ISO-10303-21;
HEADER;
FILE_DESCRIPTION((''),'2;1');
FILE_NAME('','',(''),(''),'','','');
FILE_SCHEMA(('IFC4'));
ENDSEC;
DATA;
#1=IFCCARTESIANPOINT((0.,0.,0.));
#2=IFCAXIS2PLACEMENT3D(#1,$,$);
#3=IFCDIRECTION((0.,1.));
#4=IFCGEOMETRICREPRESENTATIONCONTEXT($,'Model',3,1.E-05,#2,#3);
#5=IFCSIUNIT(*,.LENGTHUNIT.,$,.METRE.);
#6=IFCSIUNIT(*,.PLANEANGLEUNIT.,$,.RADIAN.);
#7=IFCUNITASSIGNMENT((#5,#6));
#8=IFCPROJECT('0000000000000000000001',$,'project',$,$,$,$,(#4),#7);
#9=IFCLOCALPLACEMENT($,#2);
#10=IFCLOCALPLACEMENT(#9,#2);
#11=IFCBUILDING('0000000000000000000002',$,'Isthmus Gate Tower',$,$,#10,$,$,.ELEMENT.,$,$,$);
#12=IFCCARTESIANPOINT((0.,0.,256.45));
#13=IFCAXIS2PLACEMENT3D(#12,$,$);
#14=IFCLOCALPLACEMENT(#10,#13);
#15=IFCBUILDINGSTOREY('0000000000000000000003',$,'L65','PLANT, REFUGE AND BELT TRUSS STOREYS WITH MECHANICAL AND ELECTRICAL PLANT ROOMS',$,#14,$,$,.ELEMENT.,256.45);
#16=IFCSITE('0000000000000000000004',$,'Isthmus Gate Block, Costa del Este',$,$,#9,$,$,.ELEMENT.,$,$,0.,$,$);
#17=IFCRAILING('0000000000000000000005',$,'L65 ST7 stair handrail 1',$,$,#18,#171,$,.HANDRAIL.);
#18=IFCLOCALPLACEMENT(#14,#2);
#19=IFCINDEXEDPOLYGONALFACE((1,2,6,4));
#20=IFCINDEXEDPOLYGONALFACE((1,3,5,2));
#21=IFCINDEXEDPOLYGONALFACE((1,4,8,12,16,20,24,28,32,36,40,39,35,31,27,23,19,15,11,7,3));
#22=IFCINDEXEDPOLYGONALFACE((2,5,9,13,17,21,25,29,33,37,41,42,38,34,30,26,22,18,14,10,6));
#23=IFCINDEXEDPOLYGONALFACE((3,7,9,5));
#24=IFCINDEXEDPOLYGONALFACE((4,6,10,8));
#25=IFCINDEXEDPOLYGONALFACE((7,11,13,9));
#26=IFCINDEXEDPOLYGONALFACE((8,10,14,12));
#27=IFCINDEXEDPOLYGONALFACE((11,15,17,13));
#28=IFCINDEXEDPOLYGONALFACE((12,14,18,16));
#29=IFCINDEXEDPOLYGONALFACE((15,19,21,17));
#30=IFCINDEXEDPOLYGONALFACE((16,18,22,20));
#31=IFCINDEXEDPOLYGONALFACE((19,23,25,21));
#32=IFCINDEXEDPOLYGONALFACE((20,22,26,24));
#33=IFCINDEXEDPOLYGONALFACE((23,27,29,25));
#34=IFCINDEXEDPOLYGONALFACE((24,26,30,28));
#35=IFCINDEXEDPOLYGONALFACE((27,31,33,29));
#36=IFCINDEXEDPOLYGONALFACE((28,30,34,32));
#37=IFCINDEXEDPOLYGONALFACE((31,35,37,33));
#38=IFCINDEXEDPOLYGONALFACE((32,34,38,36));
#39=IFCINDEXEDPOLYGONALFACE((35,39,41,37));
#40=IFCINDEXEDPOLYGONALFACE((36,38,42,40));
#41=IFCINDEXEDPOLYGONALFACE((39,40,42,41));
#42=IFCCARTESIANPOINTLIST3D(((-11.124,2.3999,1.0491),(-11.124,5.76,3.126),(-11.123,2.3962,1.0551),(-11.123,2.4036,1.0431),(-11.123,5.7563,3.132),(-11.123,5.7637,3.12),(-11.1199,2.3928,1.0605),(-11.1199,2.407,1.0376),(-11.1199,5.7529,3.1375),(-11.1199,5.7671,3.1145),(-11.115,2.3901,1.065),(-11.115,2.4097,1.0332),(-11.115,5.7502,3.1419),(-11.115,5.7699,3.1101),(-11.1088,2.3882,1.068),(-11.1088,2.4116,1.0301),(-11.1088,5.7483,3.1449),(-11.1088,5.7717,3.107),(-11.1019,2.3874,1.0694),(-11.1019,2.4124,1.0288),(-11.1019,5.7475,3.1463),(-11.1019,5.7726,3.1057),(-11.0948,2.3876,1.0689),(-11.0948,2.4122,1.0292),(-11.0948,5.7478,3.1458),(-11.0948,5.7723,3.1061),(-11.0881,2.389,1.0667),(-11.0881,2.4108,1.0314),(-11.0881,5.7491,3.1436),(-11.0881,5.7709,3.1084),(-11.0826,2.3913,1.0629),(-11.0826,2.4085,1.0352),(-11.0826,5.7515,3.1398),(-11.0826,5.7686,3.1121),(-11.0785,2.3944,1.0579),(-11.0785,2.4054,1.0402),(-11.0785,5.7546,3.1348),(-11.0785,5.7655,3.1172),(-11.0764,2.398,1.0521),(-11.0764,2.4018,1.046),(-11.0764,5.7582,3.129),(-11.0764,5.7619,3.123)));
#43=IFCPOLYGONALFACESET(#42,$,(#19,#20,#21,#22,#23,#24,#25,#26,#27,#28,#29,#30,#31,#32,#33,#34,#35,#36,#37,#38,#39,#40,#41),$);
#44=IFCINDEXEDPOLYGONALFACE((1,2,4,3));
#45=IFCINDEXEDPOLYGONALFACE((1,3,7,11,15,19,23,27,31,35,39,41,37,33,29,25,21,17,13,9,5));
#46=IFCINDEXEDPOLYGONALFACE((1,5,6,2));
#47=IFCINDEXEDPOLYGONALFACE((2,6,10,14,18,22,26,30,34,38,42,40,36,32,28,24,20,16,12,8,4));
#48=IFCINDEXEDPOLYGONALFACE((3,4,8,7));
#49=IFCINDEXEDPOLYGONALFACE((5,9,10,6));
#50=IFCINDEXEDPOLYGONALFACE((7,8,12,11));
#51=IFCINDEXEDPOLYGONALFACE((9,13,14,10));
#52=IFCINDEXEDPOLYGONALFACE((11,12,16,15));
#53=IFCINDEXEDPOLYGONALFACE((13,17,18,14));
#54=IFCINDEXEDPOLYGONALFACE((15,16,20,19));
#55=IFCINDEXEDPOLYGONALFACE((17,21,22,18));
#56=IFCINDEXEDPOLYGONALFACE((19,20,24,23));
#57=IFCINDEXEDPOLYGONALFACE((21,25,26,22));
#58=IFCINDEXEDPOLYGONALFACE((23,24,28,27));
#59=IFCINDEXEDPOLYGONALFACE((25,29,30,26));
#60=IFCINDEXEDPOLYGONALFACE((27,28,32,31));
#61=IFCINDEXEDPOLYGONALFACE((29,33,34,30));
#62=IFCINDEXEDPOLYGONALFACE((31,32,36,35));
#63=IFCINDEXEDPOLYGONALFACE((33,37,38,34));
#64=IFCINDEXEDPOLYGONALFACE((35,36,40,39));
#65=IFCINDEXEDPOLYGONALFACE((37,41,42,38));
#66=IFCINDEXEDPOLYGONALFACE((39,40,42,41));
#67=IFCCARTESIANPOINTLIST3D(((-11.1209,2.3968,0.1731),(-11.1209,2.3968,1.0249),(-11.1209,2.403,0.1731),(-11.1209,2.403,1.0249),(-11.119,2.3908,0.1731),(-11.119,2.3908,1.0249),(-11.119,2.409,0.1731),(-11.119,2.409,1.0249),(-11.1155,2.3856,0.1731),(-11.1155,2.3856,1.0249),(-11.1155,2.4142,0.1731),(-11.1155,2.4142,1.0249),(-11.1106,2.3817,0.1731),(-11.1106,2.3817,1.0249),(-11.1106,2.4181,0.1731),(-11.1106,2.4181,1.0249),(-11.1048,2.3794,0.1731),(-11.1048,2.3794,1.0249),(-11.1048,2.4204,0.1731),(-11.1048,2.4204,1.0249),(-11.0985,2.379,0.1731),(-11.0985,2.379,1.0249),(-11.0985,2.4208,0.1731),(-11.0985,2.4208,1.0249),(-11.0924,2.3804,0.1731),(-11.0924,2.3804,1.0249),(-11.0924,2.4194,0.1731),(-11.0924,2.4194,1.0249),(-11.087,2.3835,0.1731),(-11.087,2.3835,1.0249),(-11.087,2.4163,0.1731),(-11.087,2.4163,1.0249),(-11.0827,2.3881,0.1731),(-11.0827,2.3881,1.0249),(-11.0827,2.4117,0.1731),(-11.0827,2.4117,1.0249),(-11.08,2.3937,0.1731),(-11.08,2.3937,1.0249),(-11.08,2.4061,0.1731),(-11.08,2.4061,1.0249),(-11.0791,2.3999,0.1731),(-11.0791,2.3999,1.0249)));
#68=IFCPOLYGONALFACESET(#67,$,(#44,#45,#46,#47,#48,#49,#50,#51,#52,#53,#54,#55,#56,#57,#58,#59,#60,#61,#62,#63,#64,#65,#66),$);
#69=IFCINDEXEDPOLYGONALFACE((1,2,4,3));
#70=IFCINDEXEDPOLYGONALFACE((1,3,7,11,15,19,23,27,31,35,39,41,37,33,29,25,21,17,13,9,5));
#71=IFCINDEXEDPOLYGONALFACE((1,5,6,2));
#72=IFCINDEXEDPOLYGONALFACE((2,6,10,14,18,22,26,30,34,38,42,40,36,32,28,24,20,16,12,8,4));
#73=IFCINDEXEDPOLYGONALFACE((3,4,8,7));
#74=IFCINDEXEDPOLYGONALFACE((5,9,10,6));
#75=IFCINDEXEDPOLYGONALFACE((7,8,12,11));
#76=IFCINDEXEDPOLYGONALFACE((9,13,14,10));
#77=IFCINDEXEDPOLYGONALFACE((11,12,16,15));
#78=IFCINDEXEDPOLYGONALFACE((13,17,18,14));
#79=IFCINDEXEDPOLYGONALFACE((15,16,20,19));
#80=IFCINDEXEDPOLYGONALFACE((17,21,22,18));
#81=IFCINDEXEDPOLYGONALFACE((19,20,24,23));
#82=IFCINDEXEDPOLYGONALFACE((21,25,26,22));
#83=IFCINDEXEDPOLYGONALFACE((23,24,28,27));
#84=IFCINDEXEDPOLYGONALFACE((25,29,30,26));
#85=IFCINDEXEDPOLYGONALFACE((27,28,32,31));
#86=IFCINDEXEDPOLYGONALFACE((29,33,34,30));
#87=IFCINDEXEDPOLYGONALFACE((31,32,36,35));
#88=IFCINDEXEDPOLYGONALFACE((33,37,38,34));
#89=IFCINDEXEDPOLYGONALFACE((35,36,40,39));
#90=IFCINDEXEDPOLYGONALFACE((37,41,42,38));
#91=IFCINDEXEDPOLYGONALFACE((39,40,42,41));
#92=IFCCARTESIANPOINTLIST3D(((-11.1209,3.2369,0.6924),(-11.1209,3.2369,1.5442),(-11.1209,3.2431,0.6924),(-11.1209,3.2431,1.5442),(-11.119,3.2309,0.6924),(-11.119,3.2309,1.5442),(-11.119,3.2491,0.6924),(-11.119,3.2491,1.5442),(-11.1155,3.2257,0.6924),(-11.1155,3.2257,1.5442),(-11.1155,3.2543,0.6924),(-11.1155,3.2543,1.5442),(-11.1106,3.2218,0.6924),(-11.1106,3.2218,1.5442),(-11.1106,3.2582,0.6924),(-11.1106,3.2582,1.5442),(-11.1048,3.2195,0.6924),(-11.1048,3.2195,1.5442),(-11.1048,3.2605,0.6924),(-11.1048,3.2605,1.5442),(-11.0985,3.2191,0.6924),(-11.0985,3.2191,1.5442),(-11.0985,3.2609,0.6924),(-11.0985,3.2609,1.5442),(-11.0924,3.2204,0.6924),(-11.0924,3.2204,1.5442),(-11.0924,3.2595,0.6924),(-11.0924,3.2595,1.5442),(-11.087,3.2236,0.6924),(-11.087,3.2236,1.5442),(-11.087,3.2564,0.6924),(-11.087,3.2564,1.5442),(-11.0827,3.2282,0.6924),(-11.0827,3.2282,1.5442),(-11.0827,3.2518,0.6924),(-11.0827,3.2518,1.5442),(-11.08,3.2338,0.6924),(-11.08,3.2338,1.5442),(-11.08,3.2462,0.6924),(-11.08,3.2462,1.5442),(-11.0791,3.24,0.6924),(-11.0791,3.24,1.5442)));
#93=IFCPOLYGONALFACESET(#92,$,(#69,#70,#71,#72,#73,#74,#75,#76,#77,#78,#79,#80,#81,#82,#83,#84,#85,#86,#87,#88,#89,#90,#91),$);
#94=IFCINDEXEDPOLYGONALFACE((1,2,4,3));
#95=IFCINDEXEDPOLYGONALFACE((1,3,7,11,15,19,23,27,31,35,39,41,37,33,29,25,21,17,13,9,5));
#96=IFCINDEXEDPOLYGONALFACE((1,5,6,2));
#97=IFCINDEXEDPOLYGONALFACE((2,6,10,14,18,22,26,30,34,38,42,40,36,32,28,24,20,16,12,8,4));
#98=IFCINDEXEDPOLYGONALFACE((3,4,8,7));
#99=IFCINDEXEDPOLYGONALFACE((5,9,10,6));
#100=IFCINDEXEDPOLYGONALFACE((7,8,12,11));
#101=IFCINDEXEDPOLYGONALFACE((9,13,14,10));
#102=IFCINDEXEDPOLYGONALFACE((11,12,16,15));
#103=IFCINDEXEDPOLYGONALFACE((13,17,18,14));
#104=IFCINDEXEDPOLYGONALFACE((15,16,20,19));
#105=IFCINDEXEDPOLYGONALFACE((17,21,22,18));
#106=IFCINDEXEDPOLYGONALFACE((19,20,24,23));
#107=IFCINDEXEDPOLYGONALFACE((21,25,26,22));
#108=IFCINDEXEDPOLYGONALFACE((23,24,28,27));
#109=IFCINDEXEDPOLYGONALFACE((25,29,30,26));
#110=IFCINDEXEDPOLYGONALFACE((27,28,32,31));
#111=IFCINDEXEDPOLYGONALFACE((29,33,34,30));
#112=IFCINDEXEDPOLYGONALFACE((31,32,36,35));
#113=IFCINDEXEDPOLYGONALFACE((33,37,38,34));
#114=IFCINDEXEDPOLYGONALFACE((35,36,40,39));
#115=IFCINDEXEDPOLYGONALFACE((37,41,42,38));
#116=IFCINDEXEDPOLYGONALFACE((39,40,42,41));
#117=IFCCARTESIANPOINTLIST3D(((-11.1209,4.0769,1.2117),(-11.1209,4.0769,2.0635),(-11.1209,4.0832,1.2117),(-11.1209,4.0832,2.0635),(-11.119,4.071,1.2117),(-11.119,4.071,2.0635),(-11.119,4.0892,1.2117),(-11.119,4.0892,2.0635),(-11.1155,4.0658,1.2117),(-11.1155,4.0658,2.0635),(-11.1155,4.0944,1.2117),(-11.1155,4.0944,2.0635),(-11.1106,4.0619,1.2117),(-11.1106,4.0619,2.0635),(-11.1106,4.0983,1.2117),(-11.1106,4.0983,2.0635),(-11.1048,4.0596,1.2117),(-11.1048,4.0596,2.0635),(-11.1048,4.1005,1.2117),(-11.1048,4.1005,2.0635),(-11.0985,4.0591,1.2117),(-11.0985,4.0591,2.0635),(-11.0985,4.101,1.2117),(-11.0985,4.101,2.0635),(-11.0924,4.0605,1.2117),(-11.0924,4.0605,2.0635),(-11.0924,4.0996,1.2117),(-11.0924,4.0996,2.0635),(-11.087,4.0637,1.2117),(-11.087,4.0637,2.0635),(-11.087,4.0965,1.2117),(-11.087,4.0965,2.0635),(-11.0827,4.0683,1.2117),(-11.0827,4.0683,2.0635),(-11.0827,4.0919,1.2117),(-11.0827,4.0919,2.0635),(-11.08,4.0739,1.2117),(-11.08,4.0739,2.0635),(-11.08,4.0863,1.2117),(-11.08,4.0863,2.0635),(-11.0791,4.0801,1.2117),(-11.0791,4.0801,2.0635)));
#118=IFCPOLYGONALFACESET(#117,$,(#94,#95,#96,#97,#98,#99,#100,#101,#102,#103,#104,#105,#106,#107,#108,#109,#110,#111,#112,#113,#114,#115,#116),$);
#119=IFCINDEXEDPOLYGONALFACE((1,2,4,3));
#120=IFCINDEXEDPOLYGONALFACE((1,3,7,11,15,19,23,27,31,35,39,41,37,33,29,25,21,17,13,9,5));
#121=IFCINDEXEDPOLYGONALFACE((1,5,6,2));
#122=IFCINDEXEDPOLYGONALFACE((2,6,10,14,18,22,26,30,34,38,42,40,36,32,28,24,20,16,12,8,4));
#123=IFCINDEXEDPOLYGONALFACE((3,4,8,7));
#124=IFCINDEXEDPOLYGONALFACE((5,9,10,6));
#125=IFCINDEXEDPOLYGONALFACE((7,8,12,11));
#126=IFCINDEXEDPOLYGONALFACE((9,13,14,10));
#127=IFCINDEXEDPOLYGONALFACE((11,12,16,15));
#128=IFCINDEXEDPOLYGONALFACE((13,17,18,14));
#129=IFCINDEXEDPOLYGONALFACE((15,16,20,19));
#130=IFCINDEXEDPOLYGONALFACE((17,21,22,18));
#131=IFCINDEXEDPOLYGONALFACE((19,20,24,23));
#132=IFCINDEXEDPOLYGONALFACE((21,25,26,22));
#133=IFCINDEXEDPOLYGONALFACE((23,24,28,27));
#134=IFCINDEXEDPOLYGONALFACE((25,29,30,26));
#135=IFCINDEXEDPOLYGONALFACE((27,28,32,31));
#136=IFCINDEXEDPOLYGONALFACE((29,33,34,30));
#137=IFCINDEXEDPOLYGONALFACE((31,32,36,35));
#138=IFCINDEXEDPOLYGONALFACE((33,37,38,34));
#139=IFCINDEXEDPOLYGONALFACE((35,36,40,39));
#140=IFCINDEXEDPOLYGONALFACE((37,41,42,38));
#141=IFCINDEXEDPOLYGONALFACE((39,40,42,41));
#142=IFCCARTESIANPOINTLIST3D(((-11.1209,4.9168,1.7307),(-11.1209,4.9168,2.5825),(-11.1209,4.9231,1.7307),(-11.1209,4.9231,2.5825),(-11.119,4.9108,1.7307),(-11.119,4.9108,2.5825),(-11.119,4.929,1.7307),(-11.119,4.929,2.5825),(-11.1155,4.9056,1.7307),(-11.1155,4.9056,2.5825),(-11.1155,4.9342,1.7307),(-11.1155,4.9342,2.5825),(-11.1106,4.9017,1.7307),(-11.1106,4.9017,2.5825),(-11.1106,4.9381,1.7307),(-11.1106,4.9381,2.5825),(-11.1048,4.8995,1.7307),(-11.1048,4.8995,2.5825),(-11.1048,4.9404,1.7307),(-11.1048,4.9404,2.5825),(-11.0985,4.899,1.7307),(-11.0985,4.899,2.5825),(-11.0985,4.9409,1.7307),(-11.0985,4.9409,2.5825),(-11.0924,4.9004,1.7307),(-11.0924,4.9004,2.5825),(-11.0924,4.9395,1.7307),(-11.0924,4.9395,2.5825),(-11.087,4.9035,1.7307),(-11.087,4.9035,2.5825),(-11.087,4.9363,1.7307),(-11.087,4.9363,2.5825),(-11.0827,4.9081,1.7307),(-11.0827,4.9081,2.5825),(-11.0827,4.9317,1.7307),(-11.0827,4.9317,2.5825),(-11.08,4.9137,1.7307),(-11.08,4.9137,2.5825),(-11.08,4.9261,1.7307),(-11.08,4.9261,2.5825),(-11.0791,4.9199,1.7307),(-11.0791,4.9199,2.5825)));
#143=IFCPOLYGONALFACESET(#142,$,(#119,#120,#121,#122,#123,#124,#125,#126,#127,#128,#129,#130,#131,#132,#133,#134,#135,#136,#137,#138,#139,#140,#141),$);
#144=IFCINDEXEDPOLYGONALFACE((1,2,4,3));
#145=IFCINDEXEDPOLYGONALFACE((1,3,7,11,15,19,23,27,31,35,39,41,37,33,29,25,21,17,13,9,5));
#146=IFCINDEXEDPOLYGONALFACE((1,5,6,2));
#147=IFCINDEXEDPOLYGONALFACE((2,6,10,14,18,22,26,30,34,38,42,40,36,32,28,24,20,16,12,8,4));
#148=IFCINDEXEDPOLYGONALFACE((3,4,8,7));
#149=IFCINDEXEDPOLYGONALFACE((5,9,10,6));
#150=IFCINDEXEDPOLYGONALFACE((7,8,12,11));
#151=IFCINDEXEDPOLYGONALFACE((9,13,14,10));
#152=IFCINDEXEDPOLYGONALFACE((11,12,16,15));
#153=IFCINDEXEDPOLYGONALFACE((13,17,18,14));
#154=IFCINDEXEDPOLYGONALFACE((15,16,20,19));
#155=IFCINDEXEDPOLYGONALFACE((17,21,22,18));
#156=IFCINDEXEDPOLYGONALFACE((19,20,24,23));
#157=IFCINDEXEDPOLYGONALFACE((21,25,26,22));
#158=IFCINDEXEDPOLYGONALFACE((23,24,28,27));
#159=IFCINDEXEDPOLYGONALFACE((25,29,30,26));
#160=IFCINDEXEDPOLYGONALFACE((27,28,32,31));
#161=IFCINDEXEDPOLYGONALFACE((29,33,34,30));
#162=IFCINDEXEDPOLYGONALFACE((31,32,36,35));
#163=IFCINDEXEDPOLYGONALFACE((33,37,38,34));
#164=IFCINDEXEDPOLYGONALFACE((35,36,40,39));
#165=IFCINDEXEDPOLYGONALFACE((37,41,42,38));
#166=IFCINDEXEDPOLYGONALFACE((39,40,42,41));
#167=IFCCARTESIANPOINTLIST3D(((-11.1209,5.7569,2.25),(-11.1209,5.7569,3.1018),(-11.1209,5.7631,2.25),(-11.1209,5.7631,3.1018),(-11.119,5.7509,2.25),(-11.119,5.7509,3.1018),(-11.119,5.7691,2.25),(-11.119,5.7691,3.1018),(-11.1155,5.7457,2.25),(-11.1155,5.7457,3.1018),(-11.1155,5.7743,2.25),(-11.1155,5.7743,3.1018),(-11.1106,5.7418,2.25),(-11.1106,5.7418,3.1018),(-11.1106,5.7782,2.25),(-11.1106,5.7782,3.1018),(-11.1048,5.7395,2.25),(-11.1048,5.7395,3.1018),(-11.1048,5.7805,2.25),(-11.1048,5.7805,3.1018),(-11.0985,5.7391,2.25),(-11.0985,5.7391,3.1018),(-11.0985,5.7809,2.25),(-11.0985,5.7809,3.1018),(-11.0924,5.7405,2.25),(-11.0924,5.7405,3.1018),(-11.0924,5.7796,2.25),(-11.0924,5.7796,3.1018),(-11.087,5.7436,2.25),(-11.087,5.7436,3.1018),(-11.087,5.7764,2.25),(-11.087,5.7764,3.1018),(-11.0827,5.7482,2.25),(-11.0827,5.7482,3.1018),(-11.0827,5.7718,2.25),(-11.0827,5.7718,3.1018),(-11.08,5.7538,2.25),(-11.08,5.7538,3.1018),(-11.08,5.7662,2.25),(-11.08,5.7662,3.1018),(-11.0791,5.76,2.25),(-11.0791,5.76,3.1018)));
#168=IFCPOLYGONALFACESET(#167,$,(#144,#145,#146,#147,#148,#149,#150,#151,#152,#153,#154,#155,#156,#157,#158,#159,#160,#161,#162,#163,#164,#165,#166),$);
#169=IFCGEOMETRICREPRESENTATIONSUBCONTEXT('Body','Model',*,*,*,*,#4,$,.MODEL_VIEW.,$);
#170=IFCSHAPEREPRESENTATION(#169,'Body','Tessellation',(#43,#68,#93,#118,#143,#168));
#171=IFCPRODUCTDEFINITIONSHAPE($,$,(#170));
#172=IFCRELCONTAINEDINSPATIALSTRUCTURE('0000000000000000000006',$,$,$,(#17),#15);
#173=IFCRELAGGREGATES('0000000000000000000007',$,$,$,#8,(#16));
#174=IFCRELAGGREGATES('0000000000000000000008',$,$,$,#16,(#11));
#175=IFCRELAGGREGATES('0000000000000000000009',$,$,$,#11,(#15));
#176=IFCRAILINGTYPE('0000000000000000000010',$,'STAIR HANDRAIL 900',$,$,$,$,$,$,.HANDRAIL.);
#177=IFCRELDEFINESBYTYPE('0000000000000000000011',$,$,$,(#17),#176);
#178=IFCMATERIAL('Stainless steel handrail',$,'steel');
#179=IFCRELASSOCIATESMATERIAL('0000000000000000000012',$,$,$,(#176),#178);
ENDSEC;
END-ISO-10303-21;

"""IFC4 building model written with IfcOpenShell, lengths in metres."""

from ifc_helpers import new_model, si_unit, direction, frame, origin, origin_2d, place, context, subcontext, project, spatial, circle, extrude, material, type_object, element, save


model = new_model("IFC4")

# Units and contexts
model_context = context("Model", 3, precision=1e-05, world=origin(), true_north=direction((0.0, 1.0)))
body_context = subcontext(model_context, "Body", "Model", "MODEL_VIEW")
ifc_project = project(units=[si_unit("LENGTHUNIT", "METRE"), si_unit("PLANEANGLEUNIT", "RADIAN")], contexts=[model_context])

# Site, building, storey
site_placement = place(None, origin())
site = spatial("IfcSite", under=ifc_project, at=site_placement, Name="Isthmus Gate Block, Costa del Este", CompositionType="ELEMENT", RefElevation=0.0)
building_placement = place(site_placement, origin())
building = spatial("IfcBuilding", under=site, at=building_placement, Name="Isthmus Gate Tower", CompositionType="ELEMENT")
storey_placement = place(building_placement, frame((0.0, 0.0, 256.45)))
storey = spatial("IfcBuildingStorey", under=building, at=storey_placement, Name="L65", Description="PLANT, REFUGE AND BELT TRUSS STOREYS WITH MECHANICAL AND ELECTRICAL PLANT ROOMS", CompositionType="ELEMENT", Elevation=256.45)

# Railing
ifc_material_1 = material(Name="Stainless steel handrail", Category="steel")
railing_type_1 = type_object("IfcRailingType", Name="STAIR HANDRAIL 900", PredefinedType="HANDRAIL", material=ifc_material_1)
railing_1_placement = place(storey_placement, frame((-11.1001, 2.3999, 0.1731)))
element("IfcRailing", 1, at=railing_1_placement, inside=storey, type_object=railing_type_1, Name="L65 ST7 stair handrail 1", PredefinedType="HANDRAIL", context=body_context, shape_type="SweptSolid", body=[
    extrude(circle(Radius=0.0239, at=origin_2d()), frame((0.0, 0.0, 0.876), z_axis=(0.0, 0.850623, 0.525776), x_axis=(-1.0, 0.0, 0.0)), (0.0, 0.0, 1.0), 3.9502),
    extrude(circle(Radius=0.021, at=origin_2d()), origin(), (0.0, 0.0, 1.0), 0.8518),
    extrude(circle(Radius=0.021, at=origin_2d()), frame((0.0, 0.8401, 0.5193)), (0.0, 0.0, 1.0), 0.8518),
    extrude(circle(Radius=0.021, at=origin_2d()), frame((0.0, 1.6802, 1.0386)), (0.0, 0.0, 1.0), 0.8518),
    extrude(circle(Radius=0.021, at=origin_2d()), frame((0.0, 2.52, 1.5576)), (0.0, 0.0, 1.0), 0.8518),
    extrude(circle(Radius=0.021, at=origin_2d()), frame((0.0, 3.3601, 2.0769)), (0.0, 0.0, 1.0), 0.8518),
])

save(model, "model.ifc")
